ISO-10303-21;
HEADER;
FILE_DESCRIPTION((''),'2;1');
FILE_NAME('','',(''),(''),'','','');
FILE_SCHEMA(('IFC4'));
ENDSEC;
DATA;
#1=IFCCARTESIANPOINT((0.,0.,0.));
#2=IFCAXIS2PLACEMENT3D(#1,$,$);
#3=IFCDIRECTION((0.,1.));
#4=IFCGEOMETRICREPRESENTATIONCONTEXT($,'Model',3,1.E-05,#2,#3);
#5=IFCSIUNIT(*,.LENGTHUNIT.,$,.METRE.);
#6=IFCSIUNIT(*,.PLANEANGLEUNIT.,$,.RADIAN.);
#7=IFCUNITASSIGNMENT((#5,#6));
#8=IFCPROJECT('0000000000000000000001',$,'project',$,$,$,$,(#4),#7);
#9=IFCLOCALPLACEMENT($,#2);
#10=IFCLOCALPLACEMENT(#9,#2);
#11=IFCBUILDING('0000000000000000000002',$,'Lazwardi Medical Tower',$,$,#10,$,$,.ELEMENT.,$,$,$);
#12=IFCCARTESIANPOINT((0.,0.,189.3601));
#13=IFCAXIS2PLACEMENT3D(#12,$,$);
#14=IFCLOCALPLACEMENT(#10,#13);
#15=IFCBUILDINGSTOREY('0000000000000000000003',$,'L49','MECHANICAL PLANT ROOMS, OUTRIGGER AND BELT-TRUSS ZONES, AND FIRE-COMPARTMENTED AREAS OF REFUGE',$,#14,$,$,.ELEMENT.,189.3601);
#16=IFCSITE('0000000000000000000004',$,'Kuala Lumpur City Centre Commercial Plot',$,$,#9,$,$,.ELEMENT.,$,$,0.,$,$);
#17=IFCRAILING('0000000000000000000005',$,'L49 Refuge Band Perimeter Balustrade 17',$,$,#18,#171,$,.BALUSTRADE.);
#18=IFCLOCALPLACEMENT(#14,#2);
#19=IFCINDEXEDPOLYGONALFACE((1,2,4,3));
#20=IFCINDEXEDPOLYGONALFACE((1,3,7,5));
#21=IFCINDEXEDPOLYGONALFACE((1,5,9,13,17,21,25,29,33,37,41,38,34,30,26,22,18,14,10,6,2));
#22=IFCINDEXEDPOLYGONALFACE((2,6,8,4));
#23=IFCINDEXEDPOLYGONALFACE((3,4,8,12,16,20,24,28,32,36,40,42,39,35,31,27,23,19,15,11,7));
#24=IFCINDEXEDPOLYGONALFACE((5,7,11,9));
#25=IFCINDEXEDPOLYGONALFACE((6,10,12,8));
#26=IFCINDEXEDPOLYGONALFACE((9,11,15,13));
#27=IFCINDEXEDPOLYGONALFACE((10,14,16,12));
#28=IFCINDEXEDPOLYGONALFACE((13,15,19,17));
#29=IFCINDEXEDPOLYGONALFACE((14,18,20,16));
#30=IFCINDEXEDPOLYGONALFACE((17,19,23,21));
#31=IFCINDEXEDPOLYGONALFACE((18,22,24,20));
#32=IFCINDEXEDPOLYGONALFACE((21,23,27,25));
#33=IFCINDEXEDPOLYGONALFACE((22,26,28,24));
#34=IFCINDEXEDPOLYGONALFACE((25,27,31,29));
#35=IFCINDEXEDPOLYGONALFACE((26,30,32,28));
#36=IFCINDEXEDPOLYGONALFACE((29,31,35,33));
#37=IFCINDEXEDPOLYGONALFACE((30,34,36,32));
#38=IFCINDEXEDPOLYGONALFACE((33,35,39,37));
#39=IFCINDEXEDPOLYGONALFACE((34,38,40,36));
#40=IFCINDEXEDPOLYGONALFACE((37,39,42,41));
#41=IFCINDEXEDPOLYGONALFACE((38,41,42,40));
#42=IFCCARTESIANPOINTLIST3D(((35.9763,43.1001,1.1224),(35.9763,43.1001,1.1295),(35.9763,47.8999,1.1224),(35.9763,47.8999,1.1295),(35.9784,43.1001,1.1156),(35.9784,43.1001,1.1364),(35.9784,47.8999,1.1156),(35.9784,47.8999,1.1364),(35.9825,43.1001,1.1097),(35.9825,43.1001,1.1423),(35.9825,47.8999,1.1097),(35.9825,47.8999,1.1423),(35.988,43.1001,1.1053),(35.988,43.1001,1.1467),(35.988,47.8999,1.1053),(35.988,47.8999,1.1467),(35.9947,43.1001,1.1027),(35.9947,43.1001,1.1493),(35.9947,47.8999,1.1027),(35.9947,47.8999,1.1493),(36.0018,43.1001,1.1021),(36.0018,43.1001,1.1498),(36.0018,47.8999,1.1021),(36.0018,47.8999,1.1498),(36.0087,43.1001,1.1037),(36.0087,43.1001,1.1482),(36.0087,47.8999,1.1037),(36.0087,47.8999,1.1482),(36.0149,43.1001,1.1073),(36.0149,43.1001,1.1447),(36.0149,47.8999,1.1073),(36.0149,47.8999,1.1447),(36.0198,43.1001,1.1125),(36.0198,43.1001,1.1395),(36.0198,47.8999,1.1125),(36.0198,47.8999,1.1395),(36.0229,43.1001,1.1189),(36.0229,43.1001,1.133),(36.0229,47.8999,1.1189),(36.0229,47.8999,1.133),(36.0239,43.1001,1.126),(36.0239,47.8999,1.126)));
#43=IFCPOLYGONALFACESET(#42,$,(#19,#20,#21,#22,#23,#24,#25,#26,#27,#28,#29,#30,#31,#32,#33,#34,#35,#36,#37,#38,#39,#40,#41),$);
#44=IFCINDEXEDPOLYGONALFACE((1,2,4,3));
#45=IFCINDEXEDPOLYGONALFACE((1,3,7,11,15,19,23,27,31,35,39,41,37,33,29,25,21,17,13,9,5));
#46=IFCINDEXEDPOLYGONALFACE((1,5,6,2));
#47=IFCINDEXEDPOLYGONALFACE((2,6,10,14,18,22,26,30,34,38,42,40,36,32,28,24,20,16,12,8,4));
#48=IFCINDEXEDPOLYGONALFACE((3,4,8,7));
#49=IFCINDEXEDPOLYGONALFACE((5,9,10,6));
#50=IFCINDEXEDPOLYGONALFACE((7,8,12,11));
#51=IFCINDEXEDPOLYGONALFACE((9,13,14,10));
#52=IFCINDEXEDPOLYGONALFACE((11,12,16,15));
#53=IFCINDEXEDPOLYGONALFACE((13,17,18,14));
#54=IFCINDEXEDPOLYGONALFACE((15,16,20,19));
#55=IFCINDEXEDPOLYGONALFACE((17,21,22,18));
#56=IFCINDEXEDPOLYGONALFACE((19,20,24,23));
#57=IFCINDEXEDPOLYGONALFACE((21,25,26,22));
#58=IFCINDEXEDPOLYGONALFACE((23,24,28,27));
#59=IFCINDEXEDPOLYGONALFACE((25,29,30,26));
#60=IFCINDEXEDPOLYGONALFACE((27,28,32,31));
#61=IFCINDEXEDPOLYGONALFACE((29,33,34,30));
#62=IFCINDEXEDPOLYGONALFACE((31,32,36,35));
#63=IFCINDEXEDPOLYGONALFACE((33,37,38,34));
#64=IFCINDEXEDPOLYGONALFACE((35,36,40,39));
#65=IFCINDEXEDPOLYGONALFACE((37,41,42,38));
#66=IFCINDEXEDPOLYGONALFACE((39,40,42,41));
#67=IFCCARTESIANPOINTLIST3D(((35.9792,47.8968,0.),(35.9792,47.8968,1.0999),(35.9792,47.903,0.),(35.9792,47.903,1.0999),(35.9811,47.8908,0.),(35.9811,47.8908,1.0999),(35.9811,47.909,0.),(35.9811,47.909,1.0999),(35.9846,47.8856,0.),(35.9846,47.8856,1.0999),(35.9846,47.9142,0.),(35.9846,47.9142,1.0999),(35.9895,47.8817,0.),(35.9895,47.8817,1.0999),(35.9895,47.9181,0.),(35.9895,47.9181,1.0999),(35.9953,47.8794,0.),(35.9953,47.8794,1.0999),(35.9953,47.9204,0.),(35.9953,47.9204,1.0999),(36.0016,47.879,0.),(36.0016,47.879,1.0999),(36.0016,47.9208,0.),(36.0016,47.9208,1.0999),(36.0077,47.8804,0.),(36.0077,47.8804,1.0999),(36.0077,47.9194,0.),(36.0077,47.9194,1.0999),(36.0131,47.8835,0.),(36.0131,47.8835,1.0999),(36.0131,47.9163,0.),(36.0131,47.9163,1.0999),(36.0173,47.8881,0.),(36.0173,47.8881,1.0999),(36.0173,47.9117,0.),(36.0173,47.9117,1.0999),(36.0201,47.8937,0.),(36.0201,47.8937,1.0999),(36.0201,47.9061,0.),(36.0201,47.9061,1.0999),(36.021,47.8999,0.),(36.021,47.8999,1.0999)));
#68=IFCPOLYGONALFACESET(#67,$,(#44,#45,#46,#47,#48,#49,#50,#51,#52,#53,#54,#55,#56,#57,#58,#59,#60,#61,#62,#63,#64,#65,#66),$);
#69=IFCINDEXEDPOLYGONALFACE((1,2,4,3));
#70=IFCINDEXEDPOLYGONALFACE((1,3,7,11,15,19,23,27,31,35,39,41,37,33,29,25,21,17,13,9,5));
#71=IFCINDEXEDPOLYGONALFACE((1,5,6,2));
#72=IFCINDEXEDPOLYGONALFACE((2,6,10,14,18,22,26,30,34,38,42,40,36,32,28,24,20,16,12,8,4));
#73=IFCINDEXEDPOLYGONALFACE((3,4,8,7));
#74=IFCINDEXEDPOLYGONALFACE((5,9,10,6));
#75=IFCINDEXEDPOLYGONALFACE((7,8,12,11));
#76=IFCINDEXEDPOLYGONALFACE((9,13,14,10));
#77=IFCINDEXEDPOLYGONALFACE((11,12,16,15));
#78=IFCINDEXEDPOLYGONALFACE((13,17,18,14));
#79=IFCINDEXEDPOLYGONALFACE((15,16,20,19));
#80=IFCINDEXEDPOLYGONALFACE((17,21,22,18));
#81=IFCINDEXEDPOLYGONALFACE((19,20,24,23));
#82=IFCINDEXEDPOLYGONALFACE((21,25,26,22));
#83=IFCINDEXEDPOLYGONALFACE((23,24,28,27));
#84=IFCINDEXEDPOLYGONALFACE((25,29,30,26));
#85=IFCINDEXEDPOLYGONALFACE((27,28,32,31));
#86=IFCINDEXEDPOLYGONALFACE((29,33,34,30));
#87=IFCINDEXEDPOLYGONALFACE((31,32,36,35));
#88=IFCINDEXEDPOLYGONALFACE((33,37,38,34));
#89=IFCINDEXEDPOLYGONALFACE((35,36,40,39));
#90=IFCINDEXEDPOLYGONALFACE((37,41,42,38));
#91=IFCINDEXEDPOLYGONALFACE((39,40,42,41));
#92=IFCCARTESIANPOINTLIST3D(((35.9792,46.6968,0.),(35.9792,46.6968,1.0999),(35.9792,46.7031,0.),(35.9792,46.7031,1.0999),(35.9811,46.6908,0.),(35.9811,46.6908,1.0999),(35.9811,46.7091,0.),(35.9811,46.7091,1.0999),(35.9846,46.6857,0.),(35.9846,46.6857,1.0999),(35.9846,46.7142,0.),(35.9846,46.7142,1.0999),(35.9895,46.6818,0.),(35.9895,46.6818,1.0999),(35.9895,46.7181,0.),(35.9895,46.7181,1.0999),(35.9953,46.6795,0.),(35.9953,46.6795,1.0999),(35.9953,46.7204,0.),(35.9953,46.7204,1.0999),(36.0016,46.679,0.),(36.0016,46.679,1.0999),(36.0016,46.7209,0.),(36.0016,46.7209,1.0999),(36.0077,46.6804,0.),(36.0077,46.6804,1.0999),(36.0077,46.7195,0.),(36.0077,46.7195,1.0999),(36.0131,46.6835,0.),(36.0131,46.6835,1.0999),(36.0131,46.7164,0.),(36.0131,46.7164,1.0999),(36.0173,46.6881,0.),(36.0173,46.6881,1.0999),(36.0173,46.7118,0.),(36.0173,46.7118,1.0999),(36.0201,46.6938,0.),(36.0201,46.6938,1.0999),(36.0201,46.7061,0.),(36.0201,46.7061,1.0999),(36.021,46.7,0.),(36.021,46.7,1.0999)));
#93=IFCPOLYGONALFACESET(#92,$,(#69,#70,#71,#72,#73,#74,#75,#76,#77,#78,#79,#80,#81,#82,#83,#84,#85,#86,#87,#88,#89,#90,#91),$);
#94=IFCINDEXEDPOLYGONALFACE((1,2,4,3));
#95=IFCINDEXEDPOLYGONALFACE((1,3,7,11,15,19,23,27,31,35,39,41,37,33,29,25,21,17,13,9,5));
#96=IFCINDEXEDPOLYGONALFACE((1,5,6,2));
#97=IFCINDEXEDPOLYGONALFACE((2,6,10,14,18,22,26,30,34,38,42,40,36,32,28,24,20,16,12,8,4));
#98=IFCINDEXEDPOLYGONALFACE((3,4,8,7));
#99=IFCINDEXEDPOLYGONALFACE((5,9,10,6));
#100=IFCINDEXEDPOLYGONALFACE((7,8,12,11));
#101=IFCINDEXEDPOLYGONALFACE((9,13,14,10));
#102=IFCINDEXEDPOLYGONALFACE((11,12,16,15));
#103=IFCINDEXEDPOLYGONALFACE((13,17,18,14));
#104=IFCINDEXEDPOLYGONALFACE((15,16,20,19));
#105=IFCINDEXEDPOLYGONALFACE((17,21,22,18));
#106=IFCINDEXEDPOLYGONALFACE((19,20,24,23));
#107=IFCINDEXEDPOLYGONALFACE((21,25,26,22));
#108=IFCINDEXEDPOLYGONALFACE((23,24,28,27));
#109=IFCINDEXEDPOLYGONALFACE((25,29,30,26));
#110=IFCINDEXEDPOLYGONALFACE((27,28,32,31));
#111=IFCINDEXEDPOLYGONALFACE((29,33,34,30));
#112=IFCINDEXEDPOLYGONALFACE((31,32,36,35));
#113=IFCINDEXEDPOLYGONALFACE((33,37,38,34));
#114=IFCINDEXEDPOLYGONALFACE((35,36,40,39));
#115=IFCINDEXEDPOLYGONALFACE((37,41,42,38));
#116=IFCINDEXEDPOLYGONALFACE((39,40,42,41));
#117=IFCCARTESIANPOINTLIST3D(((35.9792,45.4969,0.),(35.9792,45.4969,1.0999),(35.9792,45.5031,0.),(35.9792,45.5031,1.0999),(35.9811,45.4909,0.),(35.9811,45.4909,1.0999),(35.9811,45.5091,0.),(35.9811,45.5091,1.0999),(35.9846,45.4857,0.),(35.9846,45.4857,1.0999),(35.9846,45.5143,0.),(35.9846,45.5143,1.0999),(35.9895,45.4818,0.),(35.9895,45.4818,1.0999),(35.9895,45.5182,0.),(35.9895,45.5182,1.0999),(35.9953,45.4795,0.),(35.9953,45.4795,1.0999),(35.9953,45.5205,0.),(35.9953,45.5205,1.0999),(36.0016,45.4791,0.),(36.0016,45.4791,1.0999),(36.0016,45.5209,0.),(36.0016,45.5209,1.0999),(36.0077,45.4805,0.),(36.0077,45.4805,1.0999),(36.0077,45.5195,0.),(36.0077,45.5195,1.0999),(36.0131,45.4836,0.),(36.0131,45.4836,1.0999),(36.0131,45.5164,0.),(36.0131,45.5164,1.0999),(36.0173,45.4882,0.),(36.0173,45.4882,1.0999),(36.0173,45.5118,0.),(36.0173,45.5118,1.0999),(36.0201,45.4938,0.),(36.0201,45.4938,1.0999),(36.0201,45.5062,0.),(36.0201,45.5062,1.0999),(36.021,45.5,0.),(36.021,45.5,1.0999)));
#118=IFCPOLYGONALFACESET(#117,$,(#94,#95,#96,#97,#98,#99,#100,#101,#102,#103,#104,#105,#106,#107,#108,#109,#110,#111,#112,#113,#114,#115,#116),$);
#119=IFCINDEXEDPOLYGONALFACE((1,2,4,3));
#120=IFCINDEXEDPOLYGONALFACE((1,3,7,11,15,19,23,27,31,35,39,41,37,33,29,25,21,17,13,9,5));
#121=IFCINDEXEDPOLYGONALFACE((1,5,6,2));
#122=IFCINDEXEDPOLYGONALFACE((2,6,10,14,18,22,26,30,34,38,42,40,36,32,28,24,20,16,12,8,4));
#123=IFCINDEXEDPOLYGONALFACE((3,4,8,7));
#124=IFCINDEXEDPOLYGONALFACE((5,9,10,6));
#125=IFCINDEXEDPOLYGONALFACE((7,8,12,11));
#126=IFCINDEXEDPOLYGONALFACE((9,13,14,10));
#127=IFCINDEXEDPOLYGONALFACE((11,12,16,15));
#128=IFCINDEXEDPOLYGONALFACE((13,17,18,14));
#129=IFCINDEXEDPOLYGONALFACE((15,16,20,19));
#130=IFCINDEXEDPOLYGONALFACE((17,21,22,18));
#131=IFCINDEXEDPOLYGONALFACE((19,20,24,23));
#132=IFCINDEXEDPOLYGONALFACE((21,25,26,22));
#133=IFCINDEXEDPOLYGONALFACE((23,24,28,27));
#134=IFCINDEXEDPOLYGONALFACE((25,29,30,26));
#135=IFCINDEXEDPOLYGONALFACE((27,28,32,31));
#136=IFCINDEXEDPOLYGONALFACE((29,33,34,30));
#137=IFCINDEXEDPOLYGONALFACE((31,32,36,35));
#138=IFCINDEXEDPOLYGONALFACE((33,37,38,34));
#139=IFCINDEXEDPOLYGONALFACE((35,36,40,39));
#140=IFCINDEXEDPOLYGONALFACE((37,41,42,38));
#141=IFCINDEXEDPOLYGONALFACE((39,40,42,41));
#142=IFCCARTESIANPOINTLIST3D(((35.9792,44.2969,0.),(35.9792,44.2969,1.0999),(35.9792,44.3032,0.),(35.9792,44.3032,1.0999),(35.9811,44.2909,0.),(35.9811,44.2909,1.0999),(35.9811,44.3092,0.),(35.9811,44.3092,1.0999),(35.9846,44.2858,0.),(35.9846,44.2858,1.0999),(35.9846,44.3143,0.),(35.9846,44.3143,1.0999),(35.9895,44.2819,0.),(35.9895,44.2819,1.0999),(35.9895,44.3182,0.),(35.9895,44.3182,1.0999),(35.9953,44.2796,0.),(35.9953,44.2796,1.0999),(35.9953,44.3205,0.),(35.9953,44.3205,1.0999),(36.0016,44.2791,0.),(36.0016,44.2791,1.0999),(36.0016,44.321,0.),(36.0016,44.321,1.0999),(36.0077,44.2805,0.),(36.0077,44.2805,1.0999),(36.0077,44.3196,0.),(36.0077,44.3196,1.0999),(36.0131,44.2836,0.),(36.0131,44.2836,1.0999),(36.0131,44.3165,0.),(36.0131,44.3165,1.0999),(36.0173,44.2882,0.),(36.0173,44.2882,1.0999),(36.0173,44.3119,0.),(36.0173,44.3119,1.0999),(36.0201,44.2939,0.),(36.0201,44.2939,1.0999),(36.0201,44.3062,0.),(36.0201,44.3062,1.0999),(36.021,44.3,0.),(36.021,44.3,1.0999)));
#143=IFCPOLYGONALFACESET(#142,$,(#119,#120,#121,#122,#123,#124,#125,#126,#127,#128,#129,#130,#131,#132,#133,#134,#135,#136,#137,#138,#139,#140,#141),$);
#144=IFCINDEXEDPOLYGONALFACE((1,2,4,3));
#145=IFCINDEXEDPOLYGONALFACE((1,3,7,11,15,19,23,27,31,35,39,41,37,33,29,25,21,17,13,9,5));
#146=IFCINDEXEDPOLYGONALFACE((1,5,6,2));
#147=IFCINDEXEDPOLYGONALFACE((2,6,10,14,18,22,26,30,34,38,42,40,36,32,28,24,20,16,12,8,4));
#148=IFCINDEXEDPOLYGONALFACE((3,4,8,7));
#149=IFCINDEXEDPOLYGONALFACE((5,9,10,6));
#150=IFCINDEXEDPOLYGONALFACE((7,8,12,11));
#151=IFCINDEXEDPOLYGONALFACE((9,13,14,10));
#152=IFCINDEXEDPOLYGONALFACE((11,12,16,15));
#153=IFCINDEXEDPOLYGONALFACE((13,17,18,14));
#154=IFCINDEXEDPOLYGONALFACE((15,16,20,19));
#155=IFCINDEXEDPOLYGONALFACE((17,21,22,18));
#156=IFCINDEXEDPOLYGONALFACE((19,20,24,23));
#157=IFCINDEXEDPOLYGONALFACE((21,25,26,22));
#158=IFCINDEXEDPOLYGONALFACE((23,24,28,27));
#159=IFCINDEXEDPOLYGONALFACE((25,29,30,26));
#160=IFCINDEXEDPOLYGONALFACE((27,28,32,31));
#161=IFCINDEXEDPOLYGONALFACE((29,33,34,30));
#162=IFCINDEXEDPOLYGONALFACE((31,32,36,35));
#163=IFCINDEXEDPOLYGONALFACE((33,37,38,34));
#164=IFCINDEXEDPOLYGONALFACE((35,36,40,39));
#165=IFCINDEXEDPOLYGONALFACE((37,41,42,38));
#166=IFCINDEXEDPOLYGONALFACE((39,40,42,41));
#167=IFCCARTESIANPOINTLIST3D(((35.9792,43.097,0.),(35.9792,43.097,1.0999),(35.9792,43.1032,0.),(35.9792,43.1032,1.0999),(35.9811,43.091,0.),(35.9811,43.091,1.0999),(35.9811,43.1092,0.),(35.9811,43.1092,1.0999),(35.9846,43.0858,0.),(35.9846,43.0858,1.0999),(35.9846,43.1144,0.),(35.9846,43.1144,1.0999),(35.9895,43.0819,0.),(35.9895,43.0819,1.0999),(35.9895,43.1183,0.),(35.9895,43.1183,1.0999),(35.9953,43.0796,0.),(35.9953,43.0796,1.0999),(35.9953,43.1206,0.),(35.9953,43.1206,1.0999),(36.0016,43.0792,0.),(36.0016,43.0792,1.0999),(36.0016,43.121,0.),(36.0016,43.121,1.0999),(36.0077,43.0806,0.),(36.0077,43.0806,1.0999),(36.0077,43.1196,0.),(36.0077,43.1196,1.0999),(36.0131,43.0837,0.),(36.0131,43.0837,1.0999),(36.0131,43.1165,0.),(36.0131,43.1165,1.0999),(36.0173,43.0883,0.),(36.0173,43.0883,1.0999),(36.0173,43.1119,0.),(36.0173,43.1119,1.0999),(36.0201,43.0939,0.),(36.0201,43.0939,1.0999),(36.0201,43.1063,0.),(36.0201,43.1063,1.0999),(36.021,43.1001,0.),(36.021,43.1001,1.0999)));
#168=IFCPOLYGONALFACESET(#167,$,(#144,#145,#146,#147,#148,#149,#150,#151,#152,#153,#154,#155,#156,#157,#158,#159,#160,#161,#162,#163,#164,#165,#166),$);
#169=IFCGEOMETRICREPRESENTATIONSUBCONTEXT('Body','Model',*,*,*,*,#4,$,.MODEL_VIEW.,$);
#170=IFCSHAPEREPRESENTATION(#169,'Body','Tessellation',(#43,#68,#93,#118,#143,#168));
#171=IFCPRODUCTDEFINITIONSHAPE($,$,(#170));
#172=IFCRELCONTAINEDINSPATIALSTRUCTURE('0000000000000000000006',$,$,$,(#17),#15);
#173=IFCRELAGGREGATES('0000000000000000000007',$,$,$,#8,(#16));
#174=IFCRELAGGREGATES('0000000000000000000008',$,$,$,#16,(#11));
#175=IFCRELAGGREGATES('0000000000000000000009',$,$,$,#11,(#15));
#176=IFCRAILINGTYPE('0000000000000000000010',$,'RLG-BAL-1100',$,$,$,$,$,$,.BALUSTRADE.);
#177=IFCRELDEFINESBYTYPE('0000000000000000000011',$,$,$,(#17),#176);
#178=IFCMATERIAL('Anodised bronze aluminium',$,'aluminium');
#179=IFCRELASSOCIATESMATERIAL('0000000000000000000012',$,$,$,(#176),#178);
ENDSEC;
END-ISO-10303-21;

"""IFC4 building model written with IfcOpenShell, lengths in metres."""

from ifc_helpers import new_model, si_unit, direction, frame, origin, origin_2d, place, context, subcontext, project, spatial, circle, extrude, material, type_object, element, save


model = new_model("IFC4")

# Units and contexts
model_context = context("Model", 3, precision=1e-05, world=origin(), true_north=direction((0.0, 1.0)))
body_context = subcontext(model_context, "Body", "Model", "MODEL_VIEW")
ifc_project = project(units=[si_unit("LENGTHUNIT", "METRE"), si_unit("PLANEANGLEUNIT", "RADIAN")], contexts=[model_context])

# Site, building, storey
site_placement = place(None, origin())
site = spatial("IfcSite", under=ifc_project, at=site_placement, Name="Kuala Lumpur City Centre Commercial Plot", CompositionType="ELEMENT", RefElevation=0.0)
building_placement = place(site_placement, origin())
building = spatial("IfcBuilding", under=site, at=building_placement, Name="Lazwardi Medical Tower", CompositionType="ELEMENT")
storey_placement = place(building_placement, frame((0.0, 0.0, 189.3601)))
storey = spatial("IfcBuildingStorey", under=building, at=storey_placement, Name="L49", Description="MECHANICAL PLANT ROOMS, OUTRIGGER AND BELT-TRUSS ZONES, AND FIRE-COMPARTMENTED AREAS OF REFUGE", CompositionType="ELEMENT", Elevation=189.3601)

# Railing
ifc_material_1 = material(Name="Anodised bronze aluminium", Category="aluminium")
railing_type = type_object("IfcRailingType", Name="RLG-BAL-1100", PredefinedType="BALUSTRADE", material=ifc_material_1)
railing_1_placement = place(storey_placement, frame((36.0, 47.8999, 0.0)))
element("IfcRailing", 1, at=railing_1_placement, inside=storey, type_object=railing_type, Name="L49 Refuge Band Perimeter Balustrade 17", PredefinedType="BALUSTRADE", context=body_context, shape_type="SweptSolid", body=[
    extrude(circle(Radius=0.0239, at=origin_2d()), frame((0.0, 0.0, 1.126), z_axis=(0.0, -1.0, 0.0), x_axis=(1.0, 0.0, 0.0)), (0.0, 0.0, 1.0), 4.7998),
    extrude(circle(Radius=0.021, at=origin_2d()), origin(), (0.0, 0.0, 1.0), 1.0999),
    extrude(circle(Radius=0.021, at=origin_2d()), frame((0.0, -1.2, 0.0)), (0.0, 0.0, 1.0), 1.0999),
    extrude(circle(Radius=0.021, at=origin_2d()), frame((0.0, -2.3999, 0.0)), (0.0, 0.0, 1.0), 1.0999),
    extrude(circle(Radius=0.021, at=origin_2d()), frame((0.0, -3.5999, 0.0)), (0.0, 0.0, 1.0), 1.0999),
    extrude(circle(Radius=0.021, at=origin_2d()), frame((0.0, -4.7998, 0.0)), (0.0, 0.0, 1.0), 1.0999),
])

save(model, "model.ifc")
